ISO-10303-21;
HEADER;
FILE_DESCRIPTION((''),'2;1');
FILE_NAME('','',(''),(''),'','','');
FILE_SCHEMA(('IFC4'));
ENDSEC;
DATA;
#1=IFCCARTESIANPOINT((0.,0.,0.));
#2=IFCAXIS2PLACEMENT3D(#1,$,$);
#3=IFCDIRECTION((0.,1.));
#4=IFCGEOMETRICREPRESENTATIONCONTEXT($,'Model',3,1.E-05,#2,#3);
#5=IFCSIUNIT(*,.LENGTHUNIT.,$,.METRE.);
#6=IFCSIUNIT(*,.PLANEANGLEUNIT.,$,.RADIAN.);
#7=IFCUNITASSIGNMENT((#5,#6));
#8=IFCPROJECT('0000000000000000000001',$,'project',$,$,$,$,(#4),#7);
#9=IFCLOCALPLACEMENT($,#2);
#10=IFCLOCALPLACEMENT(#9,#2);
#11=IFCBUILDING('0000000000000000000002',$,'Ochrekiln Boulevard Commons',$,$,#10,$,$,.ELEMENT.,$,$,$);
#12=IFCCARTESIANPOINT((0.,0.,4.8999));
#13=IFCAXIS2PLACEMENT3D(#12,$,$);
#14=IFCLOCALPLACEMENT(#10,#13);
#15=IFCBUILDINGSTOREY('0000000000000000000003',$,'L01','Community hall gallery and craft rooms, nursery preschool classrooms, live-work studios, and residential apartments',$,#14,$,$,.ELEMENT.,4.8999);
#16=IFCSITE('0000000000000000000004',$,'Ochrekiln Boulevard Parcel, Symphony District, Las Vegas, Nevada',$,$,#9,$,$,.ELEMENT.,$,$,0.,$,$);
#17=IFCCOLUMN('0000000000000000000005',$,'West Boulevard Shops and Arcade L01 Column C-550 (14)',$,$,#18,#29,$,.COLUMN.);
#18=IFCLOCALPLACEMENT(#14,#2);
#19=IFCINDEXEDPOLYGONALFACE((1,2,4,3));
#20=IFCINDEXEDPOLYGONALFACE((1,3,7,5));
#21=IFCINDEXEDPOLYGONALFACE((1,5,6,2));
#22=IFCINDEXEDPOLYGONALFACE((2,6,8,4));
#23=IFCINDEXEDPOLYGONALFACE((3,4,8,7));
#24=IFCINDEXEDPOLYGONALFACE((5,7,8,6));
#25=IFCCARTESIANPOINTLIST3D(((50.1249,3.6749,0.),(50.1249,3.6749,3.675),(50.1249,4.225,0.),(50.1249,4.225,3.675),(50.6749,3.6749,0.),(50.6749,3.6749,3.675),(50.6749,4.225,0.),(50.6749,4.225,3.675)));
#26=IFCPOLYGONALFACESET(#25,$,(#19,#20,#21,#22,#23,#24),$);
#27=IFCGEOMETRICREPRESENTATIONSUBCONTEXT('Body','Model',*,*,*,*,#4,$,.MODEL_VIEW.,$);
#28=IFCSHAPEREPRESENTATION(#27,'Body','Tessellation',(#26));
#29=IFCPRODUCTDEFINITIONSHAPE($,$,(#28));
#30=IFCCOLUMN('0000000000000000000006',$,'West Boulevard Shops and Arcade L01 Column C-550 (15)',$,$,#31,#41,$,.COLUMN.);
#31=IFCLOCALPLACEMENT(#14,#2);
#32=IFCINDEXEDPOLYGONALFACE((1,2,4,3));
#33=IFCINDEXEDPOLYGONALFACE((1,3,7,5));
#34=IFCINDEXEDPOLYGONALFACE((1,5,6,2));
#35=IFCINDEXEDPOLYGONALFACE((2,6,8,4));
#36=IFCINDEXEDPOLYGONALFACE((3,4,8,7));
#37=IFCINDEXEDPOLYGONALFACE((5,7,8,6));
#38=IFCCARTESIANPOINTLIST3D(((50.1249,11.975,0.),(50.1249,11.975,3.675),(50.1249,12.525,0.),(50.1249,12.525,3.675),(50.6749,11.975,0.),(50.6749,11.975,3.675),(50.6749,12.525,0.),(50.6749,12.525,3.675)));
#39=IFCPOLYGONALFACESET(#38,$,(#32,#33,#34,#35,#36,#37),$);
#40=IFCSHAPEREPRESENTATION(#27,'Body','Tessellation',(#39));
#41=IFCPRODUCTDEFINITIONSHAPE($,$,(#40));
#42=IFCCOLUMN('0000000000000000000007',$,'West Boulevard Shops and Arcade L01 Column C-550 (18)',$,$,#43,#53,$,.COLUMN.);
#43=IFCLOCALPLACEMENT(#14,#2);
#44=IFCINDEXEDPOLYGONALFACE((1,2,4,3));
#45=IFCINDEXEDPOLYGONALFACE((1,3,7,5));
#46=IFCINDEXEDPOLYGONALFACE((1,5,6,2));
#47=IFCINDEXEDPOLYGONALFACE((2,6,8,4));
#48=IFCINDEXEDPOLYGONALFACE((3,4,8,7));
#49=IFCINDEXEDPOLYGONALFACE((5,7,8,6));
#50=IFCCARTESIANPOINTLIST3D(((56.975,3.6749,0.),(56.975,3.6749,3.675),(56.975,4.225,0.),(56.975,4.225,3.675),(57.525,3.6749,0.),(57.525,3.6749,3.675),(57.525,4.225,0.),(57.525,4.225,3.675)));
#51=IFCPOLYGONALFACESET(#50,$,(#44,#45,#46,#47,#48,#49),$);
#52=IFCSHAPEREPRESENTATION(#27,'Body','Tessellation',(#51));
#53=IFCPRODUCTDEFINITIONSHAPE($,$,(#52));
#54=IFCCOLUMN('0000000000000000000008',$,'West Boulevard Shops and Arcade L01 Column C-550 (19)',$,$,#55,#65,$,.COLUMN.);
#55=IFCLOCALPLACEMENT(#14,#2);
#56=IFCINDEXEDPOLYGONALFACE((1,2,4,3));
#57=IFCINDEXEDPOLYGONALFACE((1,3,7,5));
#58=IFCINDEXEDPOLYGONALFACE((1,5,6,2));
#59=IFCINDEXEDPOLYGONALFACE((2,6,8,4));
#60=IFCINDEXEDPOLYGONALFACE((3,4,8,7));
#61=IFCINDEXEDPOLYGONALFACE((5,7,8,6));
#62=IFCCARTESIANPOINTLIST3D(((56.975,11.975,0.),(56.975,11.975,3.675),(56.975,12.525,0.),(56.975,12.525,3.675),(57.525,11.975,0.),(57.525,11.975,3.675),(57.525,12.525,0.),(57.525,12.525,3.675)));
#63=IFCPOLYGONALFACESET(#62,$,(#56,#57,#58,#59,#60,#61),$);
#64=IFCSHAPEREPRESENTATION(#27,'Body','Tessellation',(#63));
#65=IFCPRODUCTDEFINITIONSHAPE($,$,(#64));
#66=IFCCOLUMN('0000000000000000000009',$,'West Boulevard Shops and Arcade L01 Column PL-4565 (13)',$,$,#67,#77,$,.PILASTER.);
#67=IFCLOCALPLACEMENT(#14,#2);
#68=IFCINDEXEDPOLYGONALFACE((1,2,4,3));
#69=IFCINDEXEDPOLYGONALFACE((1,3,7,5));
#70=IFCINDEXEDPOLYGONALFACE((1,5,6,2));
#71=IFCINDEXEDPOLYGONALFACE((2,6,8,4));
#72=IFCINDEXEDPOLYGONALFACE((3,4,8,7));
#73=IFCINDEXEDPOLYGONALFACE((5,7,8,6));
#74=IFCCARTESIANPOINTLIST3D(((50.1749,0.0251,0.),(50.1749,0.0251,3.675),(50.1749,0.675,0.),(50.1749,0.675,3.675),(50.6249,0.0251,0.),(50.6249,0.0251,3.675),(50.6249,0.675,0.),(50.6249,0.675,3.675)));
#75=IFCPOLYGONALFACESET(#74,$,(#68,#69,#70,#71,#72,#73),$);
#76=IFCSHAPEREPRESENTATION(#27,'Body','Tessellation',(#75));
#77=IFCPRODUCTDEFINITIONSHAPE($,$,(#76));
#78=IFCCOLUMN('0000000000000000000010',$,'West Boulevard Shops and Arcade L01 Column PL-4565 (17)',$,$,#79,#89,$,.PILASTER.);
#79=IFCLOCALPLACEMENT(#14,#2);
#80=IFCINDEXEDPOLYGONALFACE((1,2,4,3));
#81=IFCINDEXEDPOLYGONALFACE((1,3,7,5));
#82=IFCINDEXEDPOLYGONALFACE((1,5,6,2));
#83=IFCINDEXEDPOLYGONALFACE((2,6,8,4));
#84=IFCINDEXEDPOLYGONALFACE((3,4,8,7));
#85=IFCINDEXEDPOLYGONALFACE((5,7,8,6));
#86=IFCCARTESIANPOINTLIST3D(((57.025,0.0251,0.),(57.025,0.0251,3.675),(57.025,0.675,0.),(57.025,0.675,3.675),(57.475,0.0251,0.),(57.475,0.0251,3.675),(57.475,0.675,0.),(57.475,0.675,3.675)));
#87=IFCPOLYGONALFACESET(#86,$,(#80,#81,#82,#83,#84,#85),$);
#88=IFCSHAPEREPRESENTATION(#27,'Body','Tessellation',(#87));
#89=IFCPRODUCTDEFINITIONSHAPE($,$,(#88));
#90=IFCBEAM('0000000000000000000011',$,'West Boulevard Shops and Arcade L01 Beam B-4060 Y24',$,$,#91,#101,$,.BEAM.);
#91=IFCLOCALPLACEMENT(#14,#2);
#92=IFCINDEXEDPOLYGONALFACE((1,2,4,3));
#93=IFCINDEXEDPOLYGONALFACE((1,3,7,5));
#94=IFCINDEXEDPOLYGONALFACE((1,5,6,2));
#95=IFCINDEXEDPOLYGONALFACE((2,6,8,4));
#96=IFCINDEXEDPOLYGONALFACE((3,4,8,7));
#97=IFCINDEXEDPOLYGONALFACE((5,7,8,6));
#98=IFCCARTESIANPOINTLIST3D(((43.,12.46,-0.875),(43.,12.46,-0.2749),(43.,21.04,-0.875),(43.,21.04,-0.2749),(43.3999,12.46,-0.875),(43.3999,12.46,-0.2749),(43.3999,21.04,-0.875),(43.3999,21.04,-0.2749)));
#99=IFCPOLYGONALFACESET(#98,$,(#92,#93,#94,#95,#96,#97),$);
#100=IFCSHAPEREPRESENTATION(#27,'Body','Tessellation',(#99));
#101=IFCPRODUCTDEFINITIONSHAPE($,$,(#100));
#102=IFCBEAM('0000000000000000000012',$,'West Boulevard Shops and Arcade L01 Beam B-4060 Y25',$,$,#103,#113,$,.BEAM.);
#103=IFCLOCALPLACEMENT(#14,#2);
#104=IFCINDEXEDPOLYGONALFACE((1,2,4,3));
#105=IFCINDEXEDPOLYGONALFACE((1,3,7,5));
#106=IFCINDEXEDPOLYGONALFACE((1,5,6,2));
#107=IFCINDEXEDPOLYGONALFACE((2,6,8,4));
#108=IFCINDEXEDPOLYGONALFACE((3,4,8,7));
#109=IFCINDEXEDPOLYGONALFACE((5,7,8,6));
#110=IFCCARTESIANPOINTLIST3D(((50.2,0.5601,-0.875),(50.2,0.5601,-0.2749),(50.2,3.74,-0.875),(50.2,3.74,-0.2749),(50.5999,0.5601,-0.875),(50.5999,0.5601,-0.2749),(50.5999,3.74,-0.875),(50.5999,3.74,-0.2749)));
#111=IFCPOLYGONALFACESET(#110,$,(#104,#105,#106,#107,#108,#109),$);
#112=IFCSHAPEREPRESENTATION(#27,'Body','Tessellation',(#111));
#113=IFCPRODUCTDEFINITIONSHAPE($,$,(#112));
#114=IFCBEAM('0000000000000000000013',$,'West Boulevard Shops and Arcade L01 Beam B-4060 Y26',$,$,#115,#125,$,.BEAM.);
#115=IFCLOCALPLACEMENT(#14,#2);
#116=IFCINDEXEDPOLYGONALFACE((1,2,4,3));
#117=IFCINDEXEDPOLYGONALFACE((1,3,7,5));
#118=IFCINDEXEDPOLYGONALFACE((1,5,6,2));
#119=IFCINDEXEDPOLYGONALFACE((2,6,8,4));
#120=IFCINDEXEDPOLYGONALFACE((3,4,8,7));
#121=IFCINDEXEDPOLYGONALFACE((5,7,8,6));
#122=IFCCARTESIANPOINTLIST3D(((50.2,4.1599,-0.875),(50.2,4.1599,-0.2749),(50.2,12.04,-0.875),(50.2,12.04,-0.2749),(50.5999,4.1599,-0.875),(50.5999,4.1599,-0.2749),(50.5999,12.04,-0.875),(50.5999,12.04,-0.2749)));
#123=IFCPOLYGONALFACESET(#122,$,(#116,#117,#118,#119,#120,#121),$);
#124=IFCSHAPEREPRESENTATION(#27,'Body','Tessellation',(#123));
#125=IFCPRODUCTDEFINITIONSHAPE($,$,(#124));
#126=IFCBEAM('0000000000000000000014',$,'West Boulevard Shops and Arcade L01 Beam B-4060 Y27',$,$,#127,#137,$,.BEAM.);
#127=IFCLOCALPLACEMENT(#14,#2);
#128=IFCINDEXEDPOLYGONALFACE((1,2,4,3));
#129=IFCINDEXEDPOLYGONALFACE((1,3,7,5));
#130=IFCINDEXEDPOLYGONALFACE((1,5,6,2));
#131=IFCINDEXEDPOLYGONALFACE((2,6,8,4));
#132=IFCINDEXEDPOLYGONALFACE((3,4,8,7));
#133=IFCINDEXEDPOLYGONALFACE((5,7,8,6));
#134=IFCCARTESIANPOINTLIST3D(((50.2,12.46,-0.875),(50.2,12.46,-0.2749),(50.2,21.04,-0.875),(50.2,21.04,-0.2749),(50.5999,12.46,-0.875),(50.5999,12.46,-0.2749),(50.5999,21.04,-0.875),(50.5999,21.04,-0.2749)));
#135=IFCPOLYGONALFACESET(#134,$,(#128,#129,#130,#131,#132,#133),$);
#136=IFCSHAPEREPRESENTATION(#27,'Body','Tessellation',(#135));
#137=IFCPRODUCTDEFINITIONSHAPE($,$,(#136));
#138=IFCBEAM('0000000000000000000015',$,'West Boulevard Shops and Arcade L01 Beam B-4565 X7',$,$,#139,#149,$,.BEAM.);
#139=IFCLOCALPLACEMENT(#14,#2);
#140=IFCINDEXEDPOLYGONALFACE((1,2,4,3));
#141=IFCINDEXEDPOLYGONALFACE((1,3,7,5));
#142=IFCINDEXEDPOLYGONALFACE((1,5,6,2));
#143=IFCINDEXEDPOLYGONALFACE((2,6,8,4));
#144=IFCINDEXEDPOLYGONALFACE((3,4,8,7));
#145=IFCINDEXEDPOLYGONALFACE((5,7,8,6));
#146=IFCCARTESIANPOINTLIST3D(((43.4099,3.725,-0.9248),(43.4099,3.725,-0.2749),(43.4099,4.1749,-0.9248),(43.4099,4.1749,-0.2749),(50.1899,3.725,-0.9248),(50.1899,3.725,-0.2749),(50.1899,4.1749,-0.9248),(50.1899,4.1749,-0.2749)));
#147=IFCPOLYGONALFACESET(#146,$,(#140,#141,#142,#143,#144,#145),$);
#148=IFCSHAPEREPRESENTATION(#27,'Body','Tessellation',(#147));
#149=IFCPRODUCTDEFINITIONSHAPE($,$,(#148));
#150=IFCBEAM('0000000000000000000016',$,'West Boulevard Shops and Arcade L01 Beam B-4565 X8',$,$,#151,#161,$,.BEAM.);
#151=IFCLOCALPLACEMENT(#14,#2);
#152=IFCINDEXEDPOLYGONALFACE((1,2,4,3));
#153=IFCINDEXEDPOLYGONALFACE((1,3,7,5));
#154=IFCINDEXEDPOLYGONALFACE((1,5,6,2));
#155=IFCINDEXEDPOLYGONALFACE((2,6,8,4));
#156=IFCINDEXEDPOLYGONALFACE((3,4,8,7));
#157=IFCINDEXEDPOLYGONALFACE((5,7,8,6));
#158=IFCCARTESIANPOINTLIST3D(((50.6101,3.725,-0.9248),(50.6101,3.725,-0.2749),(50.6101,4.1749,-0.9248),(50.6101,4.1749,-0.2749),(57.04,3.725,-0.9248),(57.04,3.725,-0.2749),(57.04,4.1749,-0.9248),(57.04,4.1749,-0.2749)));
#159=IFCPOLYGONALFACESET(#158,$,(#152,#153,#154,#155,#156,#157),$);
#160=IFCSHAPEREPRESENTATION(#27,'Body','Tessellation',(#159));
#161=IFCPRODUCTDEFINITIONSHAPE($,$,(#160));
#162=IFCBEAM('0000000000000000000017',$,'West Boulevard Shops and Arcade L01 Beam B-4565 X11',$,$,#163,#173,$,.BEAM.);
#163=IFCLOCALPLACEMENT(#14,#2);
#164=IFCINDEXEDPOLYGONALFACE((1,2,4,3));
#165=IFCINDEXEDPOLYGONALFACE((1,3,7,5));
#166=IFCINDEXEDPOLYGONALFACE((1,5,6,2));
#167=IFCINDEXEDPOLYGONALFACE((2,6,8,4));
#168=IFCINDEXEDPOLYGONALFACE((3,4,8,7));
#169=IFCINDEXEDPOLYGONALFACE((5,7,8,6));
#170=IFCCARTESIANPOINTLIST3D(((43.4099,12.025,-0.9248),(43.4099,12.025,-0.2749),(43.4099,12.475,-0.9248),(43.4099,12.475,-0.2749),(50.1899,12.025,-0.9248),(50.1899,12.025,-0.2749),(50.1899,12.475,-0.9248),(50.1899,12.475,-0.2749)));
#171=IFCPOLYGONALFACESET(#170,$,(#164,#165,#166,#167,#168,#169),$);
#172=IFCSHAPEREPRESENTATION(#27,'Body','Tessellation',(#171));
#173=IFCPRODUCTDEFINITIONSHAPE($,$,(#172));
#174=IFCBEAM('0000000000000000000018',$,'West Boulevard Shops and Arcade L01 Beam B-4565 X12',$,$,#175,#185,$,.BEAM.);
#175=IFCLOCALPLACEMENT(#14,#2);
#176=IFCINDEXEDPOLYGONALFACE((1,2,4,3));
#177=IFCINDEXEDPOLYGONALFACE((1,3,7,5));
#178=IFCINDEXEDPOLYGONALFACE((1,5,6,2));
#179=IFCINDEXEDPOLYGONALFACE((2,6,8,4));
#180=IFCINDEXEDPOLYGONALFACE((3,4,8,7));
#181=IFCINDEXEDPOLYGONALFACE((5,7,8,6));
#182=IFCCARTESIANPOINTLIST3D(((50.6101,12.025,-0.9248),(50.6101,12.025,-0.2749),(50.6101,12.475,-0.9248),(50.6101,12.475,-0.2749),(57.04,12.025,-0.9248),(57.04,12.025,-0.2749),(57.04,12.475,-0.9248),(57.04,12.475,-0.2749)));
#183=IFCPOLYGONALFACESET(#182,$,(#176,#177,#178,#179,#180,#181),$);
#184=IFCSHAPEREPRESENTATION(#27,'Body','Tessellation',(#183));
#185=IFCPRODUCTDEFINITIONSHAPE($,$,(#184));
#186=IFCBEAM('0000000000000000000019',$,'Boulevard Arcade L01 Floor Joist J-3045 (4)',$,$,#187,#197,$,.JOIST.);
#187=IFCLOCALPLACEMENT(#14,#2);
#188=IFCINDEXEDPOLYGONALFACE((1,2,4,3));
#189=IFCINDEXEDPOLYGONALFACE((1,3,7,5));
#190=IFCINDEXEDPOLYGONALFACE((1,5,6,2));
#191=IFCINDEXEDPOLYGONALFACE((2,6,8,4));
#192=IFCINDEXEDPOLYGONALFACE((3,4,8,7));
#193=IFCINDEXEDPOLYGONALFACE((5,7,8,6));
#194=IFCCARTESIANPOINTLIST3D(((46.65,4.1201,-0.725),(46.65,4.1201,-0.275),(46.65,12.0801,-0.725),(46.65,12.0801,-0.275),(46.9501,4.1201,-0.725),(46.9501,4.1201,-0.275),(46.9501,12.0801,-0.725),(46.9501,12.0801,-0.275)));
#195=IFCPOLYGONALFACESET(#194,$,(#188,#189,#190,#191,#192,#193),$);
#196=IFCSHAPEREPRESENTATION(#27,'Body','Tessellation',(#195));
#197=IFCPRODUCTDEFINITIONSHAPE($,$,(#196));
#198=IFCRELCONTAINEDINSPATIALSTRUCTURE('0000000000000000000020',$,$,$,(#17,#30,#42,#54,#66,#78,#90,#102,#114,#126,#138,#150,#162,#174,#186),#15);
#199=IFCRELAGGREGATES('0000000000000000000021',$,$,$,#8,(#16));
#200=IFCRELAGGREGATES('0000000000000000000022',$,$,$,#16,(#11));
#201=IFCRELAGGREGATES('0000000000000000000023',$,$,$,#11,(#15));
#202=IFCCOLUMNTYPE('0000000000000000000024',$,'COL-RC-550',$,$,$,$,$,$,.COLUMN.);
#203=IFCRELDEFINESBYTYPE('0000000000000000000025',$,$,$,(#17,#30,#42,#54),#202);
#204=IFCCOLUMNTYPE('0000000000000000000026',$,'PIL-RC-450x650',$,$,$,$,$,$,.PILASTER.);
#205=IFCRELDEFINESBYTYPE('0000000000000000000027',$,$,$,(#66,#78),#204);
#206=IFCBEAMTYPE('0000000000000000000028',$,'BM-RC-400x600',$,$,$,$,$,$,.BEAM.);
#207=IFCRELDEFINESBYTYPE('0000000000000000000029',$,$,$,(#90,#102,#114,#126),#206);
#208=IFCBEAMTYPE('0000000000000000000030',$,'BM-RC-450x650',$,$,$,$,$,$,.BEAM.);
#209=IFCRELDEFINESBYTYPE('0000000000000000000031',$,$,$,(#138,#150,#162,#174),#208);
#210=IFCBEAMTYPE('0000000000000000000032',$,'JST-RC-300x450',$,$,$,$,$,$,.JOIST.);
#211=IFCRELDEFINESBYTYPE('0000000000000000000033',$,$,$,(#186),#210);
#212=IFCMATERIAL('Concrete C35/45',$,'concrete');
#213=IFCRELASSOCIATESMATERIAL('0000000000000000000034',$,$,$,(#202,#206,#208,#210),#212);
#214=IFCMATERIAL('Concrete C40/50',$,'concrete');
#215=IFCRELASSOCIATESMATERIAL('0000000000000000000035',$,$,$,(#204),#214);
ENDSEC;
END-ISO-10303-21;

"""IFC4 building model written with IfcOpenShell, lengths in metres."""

from ifc_helpers import new_model, si_unit, direction, frame, origin, origin_2d, place, context, subcontext, project, spatial, rectangle, extrude, material, material_profile, profile_set, type_object, element, save


model = new_model("IFC4")

# Units and contexts
model_context = context("Model", 3, precision=1e-05, world=origin(), true_north=direction((0.0, 1.0)))
body_context = subcontext(model_context, "Body", "Model", "MODEL_VIEW")
ifc_project = project(units=[si_unit("LENGTHUNIT", "METRE"), si_unit("PLANEANGLEUNIT", "RADIAN")], contexts=[model_context])

# Site, building, storey
site_placement = place(None, origin())
site = spatial("IfcSite", under=ifc_project, at=site_placement, Name="Ochrekiln Boulevard Parcel, Symphony District, Las Vegas, Nevada", CompositionType="ELEMENT", RefElevation=0.0)
building_placement = place(site_placement, origin())
building = spatial("IfcBuilding", under=site, at=building_placement, Name="Ochrekiln Boulevard Commons", CompositionType="ELEMENT")
storey_placement = place(building_placement, frame((0.0, 0.0, 4.8999)))
storey = spatial("IfcBuildingStorey", under=building, at=storey_placement, Name="L01", Description="Community hall gallery and craft rooms, nursery preschool classrooms, live-work studios, and residential apartments", CompositionType="ELEMENT", Elevation=4.8999)

# Columns
ifc_material_1 = material(Name="Concrete C35/45", Category="concrete")
ifc_material_profile_1 = material_profile(ifc_material_1, rectangle(XDim=0.55, YDim=0.55, at=origin_2d()), Name="RC-COL-550x550")
ifc_profile_set_1 = profile_set([ifc_material_profile_1], Name="Concrete C35/45")
column_type_1 = type_object("IfcColumnType", Name="COL-RC-550", PredefinedType="COLUMN", material=ifc_profile_set_1)
for number, where, z_axis, x_axis, name in (
    (1, (50.3999, 3.95, 0.0), (0.0, 0.0, 1.0), (1.0, 0.0, 0.0), "West Boulevard Shops and Arcade L01 Column C-550 (14)"),
    (2, (50.3999, 12.25, 0.0), (0.0, 0.0, 1.0), (1.0, 0.0, 0.0), "West Boulevard Shops and Arcade L01 Column C-550 (15)"),
    (3, (57.25, 3.95, 0.0), (0.0, 0.0, 1.0), (1.0, 0.0, 0.0), "West Boulevard Shops and Arcade L01 Column C-550 (18)"),
    (4, (57.25, 12.25, 0.0), (0.0, 0.0, 1.0), (1.0, 0.0, 0.0), "West Boulevard Shops and Arcade L01 Column C-550 (19)"),
):
    element("IfcColumn", number, at=place(storey_placement, frame(where, z_axis=z_axis, x_axis=x_axis)), inside=storey, type_object=column_type_1, Name=name, PredefinedType="COLUMN", context=body_context, shape_type="SweptSolid", body=[
        extrude(rectangle(XDim=0.55, YDim=0.55, at=origin_2d()), origin(), (0.0, 0.0, 1.0), 3.675),
    ])
ifc_material_2 = material(Name="Concrete C40/50", Category="concrete")
ifc_material_profile_2 = material_profile(ifc_material_2, rectangle(XDim=0.45, YDim=0.6499, at=origin_2d()), Name="RC-PIL-450x650")
ifc_profile_set_2 = profile_set([ifc_material_profile_2], Name="Concrete C40/50")
column_type_2 = type_object("IfcColumnType", Name="PIL-RC-450x650", PredefinedType="PILASTER", material=ifc_profile_set_2)
for number, where, z_axis, x_axis, name in (
    (5, (50.3999, 0.3501, 0.0), (0.0, 0.0, 1.0), (1.0, 0.0, 0.0), "West Boulevard Shops and Arcade L01 Column PL-4565 (13)"),
    (6, (57.25, 0.3501, 0.0), (0.0, 0.0, 1.0), (1.0, 0.0, 0.0), "West Boulevard Shops and Arcade L01 Column PL-4565 (17)"),
):
    element("IfcColumn", number, at=place(storey_placement, frame(where, z_axis=z_axis, x_axis=x_axis)), inside=storey, type_object=column_type_2, Name=name, PredefinedType="PILASTER", context=body_context, shape_type="SweptSolid", body=[
        extrude(rectangle(XDim=0.45, YDim=0.6499, at=origin_2d()), origin(), (0.0, 0.0, 1.0), 3.675),
    ])

# Beams
ifc_material_profile_3 = material_profile(ifc_material_1, rectangle(XDim=0.3999, YDim=0.6001, at=origin_2d()), Name="RC-BM-400x600")
ifc_profile_set_3 = profile_set([ifc_material_profile_3], Name="Concrete C35/45")
beam_type_1 = type_object("IfcBeamType", Name="BM-RC-400x600", PredefinedType="BEAM", material=ifc_profile_set_3)
beam_1_placement = place(storey_placement, frame((43.2, 12.46, -0.575), z_axis=(0.0, 1.0, 0.0), x_axis=(-1.0, 0.0, 0.0)))
element("IfcBeam", 7, at=beam_1_placement, inside=storey, type_object=beam_type_1, Name="West Boulevard Shops and Arcade L01 Beam B-4060 Y24", PredefinedType="BEAM", context=body_context, shape_type="SweptSolid", body=[
    extrude(rectangle(XDim=0.3999, YDim=0.6001, at=origin_2d()), origin(), (0.0, 0.0, 1.0), 8.5801),
])
beam_2_placement = place(storey_placement, frame((50.3999, 0.5601, -0.575), z_axis=(0.0, 1.0, 0.0), x_axis=(-1.0, 0.0, 0.0)))
element("IfcBeam", 8, at=beam_2_placement, inside=storey, type_object=beam_type_1, Name="West Boulevard Shops and Arcade L01 Beam B-4060 Y25", PredefinedType="BEAM", context=body_context, shape_type="SweptSolid", body=[
    extrude(rectangle(XDim=0.3999, YDim=0.6001, at=origin_2d()), origin(), (0.0, 0.0, 1.0), 3.1799),
])
beam_3_placement = place(storey_placement, frame((50.3999, 4.1599, -0.575), z_axis=(0.0, 1.0, 0.0), x_axis=(-1.0, 0.0, 0.0)))
element("IfcBeam", 9, at=beam_3_placement, inside=storey, type_object=beam_type_1, Name="West Boulevard Shops and Arcade L01 Beam B-4060 Y26", PredefinedType="BEAM", context=body_context, shape_type="SweptSolid", body=[
    extrude(rectangle(XDim=0.3999, YDim=0.6001, at=origin_2d()), origin(), (0.0, 0.0, 1.0), 7.8801),
])
beam_4_placement = place(storey_placement, frame((50.3999, 12.46, -0.575), z_axis=(0.0, 1.0, 0.0), x_axis=(-1.0, 0.0, 0.0)))
element("IfcBeam", 10, at=beam_4_placement, inside=storey, type_object=beam_type_1, Name="West Boulevard Shops and Arcade L01 Beam B-4060 Y27", PredefinedType="BEAM", context=body_context, shape_type="SweptSolid", body=[
    extrude(rectangle(XDim=0.3999, YDim=0.6001, at=origin_2d()), origin(), (0.0, 0.0, 1.0), 8.5801),
])
ifc_material_profile_4 = material_profile(ifc_material_1, rectangle(XDim=0.45, YDim=0.6499, at=origin_2d()), Name="RC-BM-450x650")
ifc_profile_set_4 = profile_set([ifc_material_profile_4], Name="Concrete C35/45")
beam_type_2 = type_object("IfcBeamType", Name="BM-RC-450x650", PredefinedType="BEAM", material=ifc_profile_set_4)
beam_5_placement = place(storey_placement, frame((43.4099, 3.95, -0.5999), z_axis=(1.0, 0.0, 0.0), x_axis=(0.0, 1.0, 0.0)))
element("IfcBeam", 11, at=beam_5_placement, inside=storey, type_object=beam_type_2, Name="West Boulevard Shops and Arcade L01 Beam B-4565 X7", PredefinedType="BEAM", context=body_context, shape_type="SweptSolid", body=[
    extrude(rectangle(XDim=0.45, YDim=0.6499, at=origin_2d()), origin(), (0.0, 0.0, 1.0), 6.78),
])
beam_6_placement = place(storey_placement, frame((50.6101, 3.95, -0.5999), z_axis=(1.0, 0.0, 0.0), x_axis=(0.0, 1.0, 0.0)))
element("IfcBeam", 12, at=beam_6_placement, inside=storey, type_object=beam_type_2, Name="West Boulevard Shops and Arcade L01 Beam B-4565 X8", PredefinedType="BEAM", context=body_context, shape_type="SweptSolid", body=[
    extrude(rectangle(XDim=0.45, YDim=0.6499, at=origin_2d()), origin(), (0.0, 0.0, 1.0), 6.4299),
])
beam_7_placement = place(storey_placement, frame((43.4099, 12.25, -0.5999), z_axis=(1.0, 0.0, 0.0), x_axis=(0.0, 1.0, 0.0)))
element("IfcBeam", 13, at=beam_7_placement, inside=storey, type_object=beam_type_2, Name="West Boulevard Shops and Arcade L01 Beam B-4565 X11", PredefinedType="BEAM", context=body_context, shape_type="SweptSolid", body=[
    extrude(rectangle(XDim=0.45, YDim=0.6499, at=origin_2d()), origin(), (0.0, 0.0, 1.0), 6.78),
])
beam_8_placement = place(storey_placement, frame((50.6101, 12.25, -0.5999), z_axis=(1.0, 0.0, 0.0), x_axis=(0.0, 1.0, 0.0)))
element("IfcBeam", 14, at=beam_8_placement, inside=storey, type_object=beam_type_2, Name="West Boulevard Shops and Arcade L01 Beam B-4565 X12", PredefinedType="BEAM", context=body_context, shape_type="SweptSolid", body=[
    extrude(rectangle(XDim=0.45, YDim=0.6499, at=origin_2d()), origin(), (0.0, 0.0, 1.0), 6.4299),
])
ifc_material_profile_5 = material_profile(ifc_material_1, rectangle(XDim=0.3, YDim=0.45, at=origin_2d()), Name="RC-JST-300x450")
ifc_profile_set_5 = profile_set([ifc_material_profile_5], Name="Concrete C35/45")
beam_type_3 = type_object("IfcBeamType", Name="JST-RC-300x450", PredefinedType="JOIST", material=ifc_profile_set_5)
beam_9_placement = place(storey_placement, frame((46.8, 4.1201, -0.5), z_axis=(0.0, 1.0, 0.0), x_axis=(-1.0, 0.0, 0.0)))
element("IfcBeam", 15, at=beam_9_placement, inside=storey, type_object=beam_type_3, Name="Boulevard Arcade L01 Floor Joist J-3045 (4)", PredefinedType="JOIST", context=body_context, shape_type="SweptSolid", body=[
    extrude(rectangle(XDim=0.3, YDim=0.45, at=origin_2d()), origin(), (0.0, 0.0, 1.0), 7.96),
])

save(model, "model.ifc")
